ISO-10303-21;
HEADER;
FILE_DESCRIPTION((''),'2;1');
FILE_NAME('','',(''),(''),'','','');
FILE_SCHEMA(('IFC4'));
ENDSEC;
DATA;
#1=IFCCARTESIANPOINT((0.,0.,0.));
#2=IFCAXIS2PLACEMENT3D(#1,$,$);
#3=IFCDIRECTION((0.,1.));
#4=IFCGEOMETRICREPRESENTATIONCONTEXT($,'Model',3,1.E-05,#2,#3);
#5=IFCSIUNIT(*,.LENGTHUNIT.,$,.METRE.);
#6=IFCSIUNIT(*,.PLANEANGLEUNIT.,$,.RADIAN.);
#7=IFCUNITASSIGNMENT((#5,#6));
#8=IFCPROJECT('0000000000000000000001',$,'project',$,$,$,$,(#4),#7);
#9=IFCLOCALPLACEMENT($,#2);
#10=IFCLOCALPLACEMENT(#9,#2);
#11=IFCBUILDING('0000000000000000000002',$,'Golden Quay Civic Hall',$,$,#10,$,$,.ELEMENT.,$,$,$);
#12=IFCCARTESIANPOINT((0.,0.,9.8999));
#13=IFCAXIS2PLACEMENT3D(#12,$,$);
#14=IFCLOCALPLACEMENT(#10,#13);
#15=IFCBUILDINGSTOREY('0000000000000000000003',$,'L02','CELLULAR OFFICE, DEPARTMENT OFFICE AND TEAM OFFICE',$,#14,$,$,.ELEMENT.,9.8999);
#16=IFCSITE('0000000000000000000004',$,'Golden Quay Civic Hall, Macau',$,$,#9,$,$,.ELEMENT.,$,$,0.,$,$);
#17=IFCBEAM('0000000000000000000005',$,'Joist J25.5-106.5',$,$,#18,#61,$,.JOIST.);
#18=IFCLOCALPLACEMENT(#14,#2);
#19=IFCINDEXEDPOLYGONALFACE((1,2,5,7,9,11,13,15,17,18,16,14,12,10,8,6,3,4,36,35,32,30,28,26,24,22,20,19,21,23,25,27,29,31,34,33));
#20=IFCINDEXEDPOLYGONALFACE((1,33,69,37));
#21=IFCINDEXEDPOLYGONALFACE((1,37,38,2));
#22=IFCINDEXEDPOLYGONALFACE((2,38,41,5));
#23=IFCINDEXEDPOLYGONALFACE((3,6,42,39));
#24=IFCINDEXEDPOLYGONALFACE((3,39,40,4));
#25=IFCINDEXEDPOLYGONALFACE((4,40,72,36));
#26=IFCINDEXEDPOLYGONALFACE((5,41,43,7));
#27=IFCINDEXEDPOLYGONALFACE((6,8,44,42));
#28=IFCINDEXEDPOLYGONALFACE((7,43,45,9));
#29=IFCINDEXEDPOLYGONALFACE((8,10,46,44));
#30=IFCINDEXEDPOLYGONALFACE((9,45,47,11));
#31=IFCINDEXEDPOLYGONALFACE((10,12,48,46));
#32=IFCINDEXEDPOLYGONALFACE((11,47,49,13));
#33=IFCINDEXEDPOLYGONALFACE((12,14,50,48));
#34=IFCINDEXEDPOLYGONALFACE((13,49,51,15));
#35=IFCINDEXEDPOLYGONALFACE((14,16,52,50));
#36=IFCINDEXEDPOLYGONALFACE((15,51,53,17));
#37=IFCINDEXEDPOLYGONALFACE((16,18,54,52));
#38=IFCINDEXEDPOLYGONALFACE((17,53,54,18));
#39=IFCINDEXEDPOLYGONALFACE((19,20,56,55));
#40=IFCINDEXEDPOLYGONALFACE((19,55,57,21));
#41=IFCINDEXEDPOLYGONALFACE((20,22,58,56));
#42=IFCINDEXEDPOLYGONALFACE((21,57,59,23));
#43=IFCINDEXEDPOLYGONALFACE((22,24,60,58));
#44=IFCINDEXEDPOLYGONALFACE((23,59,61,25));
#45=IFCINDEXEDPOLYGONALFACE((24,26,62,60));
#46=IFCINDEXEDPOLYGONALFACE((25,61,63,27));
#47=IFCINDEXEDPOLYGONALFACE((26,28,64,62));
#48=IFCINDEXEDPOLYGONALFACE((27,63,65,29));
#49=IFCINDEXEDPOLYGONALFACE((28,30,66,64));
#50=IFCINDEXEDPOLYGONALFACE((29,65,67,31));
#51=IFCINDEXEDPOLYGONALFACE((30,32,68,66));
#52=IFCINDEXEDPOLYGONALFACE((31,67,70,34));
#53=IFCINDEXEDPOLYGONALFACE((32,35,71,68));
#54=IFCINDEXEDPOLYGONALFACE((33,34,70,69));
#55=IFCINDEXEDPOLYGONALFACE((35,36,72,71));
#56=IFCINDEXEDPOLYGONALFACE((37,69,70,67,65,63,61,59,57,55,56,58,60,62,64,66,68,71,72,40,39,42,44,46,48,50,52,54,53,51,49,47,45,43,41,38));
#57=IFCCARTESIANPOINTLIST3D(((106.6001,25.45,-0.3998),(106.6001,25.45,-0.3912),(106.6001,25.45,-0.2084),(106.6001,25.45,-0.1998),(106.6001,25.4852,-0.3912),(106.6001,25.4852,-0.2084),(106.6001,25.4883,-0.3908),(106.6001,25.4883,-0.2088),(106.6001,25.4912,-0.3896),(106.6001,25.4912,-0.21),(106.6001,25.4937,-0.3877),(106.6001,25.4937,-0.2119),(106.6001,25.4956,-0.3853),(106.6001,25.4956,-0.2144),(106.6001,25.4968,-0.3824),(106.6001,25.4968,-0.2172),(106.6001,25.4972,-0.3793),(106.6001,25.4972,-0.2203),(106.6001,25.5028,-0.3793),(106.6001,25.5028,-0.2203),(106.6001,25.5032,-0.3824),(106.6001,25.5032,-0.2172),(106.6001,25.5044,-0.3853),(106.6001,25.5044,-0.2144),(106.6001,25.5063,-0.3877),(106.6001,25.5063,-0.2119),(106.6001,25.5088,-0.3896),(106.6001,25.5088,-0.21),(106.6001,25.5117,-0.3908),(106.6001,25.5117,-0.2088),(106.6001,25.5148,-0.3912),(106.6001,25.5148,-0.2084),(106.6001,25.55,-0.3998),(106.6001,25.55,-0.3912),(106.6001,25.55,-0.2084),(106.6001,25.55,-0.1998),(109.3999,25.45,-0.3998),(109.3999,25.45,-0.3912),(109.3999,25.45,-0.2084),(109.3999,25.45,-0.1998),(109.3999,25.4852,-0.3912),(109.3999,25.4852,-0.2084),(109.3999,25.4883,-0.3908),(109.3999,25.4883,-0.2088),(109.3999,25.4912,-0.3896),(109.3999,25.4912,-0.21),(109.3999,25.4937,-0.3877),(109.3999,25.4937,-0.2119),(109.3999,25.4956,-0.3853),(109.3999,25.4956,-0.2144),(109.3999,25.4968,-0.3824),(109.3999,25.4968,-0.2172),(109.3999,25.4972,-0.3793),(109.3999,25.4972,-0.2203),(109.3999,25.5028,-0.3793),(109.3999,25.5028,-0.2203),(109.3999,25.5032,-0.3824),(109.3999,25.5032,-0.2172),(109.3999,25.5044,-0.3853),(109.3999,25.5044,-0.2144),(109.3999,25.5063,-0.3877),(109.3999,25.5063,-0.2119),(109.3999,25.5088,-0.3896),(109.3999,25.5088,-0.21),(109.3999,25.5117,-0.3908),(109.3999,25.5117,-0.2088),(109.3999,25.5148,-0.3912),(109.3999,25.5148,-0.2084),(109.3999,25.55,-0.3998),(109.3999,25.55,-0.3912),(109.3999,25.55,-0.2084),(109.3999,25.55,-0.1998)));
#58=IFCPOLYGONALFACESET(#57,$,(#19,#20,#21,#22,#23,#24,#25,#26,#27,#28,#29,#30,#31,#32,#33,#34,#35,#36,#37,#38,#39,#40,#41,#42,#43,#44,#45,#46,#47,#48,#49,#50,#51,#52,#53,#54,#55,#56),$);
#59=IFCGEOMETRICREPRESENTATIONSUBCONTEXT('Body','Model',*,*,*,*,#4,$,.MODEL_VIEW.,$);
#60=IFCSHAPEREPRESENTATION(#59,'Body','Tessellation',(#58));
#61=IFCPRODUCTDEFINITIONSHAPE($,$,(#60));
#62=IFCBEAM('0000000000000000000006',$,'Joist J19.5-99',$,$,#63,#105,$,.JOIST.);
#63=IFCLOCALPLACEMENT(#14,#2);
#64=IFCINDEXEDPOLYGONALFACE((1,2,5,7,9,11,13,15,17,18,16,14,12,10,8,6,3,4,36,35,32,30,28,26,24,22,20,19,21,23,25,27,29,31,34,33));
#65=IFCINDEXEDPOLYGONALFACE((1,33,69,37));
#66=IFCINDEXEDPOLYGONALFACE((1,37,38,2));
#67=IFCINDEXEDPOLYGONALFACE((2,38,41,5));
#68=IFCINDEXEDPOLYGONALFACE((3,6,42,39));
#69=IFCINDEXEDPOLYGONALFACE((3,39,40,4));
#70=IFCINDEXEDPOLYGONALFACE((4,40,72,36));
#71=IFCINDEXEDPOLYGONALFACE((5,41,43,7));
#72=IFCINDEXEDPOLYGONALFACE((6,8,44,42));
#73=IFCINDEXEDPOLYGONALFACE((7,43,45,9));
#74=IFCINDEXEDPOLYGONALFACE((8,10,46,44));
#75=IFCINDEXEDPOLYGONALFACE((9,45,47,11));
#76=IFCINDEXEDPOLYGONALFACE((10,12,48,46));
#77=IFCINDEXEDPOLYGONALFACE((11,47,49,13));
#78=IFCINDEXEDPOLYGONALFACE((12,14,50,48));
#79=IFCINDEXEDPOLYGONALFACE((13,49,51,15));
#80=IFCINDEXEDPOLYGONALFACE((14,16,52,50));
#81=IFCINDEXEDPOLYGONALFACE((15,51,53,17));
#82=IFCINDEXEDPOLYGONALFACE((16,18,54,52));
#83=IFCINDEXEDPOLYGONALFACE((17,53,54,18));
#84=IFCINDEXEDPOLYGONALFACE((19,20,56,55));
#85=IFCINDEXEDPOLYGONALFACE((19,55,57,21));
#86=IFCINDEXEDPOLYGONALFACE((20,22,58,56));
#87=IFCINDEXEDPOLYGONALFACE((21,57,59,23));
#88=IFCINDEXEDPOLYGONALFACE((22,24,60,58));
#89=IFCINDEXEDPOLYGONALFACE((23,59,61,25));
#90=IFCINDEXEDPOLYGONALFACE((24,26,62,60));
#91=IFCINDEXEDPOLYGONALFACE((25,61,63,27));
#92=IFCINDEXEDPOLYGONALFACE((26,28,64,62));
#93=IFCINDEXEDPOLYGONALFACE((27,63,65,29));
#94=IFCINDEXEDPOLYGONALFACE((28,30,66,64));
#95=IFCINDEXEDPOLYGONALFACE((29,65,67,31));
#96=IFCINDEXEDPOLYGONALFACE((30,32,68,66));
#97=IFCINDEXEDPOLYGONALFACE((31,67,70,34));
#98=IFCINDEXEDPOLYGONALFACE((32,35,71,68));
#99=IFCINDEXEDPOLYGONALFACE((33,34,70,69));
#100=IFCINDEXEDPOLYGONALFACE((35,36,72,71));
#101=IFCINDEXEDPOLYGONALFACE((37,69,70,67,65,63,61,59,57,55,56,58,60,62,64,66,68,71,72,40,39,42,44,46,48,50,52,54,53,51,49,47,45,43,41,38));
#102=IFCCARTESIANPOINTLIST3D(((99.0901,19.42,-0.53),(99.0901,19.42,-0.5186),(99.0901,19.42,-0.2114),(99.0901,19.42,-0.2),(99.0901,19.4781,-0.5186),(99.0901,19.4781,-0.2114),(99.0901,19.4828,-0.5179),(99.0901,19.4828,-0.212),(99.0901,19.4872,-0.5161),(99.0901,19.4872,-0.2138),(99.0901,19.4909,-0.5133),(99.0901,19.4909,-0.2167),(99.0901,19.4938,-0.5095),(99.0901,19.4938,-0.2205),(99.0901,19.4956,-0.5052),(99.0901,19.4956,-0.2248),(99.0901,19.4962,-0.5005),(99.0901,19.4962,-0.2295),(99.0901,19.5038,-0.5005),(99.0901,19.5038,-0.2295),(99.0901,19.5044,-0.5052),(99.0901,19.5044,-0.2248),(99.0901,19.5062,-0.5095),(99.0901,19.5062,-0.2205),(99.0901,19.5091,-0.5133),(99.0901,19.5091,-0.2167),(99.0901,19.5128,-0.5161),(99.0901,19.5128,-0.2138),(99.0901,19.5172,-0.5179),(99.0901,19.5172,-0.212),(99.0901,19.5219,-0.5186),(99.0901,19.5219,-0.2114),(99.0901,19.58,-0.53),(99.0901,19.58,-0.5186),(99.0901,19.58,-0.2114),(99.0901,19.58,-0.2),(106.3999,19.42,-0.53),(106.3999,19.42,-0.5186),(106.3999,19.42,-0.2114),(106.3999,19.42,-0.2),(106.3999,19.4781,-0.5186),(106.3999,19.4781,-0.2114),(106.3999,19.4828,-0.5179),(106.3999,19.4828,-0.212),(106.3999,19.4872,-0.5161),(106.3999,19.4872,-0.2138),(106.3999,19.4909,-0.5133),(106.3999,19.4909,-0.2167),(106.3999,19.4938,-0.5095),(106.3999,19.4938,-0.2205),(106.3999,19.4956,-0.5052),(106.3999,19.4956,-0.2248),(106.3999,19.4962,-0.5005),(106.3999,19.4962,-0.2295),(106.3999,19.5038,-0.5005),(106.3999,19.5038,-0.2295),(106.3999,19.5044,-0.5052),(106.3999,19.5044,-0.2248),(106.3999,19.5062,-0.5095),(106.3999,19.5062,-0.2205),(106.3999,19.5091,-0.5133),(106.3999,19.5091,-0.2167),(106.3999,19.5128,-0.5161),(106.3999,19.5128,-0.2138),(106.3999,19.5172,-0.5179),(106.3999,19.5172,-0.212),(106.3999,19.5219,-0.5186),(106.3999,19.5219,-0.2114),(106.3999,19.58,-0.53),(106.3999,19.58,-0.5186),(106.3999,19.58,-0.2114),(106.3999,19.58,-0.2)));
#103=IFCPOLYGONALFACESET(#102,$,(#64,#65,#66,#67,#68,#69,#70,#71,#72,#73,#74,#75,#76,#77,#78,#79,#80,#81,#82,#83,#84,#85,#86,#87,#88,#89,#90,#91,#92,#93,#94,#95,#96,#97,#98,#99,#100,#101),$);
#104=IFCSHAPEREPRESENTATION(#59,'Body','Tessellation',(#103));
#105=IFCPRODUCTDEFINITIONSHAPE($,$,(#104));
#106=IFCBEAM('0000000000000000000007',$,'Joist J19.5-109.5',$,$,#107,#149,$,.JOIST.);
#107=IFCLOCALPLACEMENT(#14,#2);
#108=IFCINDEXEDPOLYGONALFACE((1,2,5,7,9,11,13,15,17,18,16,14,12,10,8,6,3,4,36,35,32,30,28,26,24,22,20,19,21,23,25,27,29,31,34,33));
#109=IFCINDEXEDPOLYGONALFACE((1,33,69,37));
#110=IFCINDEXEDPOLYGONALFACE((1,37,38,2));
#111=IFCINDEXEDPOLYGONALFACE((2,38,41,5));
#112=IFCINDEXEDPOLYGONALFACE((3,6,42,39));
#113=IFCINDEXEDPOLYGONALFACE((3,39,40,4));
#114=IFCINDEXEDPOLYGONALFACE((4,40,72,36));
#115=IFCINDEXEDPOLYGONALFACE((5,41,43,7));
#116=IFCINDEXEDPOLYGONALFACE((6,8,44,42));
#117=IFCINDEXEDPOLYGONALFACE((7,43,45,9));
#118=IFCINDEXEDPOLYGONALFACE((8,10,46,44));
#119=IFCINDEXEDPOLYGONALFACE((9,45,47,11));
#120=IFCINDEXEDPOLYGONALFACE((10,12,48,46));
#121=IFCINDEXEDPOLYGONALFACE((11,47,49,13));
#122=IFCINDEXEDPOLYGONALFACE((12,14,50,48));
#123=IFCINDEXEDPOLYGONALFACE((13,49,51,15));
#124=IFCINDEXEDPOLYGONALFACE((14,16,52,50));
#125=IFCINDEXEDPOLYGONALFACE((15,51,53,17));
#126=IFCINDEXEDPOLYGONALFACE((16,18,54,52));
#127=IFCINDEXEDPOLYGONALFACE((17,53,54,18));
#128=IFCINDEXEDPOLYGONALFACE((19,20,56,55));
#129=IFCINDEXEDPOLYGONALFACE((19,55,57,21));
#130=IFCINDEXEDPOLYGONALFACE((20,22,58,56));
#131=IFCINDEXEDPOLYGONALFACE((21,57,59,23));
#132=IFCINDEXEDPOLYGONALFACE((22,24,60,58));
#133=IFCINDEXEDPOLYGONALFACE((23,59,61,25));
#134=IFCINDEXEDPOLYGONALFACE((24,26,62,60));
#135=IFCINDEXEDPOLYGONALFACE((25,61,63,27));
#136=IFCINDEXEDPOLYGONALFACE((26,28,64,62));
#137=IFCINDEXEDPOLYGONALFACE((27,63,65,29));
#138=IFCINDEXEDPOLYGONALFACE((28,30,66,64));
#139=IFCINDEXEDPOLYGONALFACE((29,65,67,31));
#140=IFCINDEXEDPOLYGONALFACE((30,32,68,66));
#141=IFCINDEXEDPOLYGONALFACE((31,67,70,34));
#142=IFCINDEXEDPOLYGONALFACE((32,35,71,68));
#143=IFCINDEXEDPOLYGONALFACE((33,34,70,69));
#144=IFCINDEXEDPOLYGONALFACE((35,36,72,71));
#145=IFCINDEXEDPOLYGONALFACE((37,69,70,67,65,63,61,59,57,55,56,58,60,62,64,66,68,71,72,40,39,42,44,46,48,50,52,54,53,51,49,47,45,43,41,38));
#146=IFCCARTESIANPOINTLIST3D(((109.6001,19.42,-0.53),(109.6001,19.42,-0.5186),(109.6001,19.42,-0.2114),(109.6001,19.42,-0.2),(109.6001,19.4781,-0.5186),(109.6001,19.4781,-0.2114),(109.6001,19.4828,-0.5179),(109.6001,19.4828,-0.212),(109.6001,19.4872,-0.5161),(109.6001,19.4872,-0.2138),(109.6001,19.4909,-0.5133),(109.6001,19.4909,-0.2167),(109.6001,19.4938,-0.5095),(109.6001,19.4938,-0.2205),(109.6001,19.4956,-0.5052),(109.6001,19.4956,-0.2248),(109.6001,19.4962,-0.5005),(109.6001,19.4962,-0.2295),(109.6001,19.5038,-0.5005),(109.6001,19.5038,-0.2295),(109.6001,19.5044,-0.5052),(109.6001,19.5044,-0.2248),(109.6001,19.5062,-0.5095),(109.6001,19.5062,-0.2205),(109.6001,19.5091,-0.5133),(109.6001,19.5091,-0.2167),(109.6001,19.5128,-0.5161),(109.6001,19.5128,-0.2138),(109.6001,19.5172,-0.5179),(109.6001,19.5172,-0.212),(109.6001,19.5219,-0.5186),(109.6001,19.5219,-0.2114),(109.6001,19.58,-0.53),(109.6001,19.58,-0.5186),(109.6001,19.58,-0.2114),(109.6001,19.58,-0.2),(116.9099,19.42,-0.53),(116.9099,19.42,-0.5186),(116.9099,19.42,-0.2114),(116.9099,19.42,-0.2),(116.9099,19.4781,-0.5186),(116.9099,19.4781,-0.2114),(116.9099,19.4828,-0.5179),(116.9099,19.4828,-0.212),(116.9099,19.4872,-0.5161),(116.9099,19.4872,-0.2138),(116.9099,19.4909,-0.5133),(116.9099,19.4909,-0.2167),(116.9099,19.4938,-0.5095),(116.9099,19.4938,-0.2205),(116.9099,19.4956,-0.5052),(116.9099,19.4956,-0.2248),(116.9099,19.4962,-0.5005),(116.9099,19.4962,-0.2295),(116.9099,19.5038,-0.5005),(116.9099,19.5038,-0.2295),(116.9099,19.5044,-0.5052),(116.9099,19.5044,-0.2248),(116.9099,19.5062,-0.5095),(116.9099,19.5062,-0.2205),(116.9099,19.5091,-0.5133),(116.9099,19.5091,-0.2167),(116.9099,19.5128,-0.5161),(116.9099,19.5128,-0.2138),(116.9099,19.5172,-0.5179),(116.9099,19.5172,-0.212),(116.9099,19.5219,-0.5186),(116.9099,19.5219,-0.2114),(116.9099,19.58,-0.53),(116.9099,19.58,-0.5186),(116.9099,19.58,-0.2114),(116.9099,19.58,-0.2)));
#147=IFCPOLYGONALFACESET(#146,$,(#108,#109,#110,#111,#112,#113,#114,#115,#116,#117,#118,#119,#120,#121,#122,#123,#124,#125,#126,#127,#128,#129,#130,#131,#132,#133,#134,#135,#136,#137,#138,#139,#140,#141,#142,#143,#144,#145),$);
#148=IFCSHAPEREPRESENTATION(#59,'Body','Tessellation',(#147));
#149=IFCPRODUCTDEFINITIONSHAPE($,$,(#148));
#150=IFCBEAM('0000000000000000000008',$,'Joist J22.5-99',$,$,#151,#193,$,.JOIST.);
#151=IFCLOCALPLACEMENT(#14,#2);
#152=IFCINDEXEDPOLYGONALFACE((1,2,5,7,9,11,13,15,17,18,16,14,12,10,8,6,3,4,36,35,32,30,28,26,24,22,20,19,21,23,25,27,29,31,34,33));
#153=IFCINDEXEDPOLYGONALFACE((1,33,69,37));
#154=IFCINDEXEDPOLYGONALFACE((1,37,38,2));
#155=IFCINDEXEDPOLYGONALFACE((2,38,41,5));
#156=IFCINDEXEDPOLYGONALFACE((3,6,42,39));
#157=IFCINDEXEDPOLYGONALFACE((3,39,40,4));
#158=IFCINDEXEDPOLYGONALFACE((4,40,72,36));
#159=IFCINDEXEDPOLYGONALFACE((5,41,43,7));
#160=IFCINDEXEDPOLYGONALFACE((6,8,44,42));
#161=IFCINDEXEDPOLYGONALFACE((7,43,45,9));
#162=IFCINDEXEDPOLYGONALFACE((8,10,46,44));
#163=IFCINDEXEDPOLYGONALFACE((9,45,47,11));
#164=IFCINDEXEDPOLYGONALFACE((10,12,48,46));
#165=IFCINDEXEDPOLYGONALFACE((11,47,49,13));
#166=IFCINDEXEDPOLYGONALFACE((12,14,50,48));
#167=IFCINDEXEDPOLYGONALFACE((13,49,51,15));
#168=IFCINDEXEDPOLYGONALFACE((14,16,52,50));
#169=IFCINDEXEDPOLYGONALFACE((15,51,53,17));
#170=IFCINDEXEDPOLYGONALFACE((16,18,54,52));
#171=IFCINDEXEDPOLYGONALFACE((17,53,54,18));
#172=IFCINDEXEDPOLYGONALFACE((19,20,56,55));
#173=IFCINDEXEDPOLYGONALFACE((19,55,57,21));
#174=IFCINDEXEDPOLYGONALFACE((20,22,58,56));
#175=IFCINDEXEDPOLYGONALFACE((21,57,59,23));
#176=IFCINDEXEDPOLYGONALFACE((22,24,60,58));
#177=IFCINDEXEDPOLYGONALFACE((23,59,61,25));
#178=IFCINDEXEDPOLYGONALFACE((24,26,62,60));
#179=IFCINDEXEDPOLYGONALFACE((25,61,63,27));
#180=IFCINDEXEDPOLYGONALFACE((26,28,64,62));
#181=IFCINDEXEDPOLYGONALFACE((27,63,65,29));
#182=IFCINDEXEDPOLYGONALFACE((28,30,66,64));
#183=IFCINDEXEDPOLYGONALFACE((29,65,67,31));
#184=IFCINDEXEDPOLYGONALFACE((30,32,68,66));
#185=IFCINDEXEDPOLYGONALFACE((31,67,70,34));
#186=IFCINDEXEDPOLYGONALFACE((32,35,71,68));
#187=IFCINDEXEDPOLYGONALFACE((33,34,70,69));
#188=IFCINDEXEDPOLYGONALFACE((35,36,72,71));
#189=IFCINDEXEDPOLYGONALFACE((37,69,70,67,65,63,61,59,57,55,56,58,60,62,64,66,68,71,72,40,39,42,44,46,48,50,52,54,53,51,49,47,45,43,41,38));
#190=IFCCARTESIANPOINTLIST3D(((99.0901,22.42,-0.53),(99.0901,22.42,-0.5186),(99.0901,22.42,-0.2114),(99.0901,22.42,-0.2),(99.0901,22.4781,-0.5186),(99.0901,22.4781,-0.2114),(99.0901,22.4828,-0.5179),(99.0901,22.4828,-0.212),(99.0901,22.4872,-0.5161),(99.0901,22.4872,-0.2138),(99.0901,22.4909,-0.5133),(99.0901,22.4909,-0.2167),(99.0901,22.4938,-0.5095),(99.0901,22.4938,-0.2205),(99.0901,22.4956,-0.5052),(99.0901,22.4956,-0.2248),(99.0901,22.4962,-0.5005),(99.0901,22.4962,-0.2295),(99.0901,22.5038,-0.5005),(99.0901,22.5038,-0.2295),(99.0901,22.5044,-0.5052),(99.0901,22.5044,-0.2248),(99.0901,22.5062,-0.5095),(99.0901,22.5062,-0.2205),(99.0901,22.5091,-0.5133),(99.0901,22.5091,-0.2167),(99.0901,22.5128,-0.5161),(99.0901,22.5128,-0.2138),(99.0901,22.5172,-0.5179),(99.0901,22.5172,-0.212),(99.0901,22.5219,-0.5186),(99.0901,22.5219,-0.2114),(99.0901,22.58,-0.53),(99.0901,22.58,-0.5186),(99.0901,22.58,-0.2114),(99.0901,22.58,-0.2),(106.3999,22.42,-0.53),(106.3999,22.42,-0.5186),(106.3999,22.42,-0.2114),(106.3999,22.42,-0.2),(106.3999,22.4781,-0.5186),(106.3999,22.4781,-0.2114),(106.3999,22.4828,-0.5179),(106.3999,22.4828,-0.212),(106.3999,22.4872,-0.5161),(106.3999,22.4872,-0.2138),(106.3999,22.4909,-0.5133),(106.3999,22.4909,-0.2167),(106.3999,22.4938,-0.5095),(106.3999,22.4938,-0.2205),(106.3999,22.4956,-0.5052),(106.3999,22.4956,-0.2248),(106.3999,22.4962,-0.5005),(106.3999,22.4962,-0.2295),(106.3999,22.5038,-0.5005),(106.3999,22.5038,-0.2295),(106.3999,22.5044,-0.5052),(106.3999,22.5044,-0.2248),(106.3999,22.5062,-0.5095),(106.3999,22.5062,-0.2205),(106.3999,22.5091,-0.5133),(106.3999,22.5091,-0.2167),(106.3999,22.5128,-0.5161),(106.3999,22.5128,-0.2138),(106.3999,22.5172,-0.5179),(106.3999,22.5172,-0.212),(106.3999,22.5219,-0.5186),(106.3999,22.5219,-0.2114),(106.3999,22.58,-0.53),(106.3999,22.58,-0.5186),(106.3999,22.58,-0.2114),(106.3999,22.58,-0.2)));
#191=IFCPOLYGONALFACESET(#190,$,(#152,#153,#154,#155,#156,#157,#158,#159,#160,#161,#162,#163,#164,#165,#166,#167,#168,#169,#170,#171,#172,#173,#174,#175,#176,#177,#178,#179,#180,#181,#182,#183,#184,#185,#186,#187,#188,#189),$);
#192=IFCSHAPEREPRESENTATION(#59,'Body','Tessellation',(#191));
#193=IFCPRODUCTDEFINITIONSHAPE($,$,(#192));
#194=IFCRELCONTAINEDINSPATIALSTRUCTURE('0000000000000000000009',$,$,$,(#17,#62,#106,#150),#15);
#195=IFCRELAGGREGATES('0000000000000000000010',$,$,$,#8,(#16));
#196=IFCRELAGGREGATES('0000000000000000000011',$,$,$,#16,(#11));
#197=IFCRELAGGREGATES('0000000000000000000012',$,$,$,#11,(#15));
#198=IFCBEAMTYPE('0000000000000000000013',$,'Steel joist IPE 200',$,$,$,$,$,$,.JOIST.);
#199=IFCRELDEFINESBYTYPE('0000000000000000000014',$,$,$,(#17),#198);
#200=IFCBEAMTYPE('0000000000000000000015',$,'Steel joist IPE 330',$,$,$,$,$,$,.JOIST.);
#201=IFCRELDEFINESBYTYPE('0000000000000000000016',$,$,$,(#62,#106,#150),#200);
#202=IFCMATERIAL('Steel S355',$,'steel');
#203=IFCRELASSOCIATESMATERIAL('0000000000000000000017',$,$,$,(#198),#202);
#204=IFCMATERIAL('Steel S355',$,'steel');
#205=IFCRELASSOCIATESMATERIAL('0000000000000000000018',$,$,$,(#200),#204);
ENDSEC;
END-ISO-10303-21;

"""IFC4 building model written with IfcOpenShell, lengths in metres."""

from ifc_helpers import new_model, si_unit, direction, frame, origin, origin_2d, place, context, subcontext, project, spatial, i_section, extrude, material, material_profile, profile_set, type_object, element, save


model = new_model("IFC4")

# Units and contexts
model_context = context("Model", 3, precision=1e-05, world=origin(), true_north=direction((0.0, 1.0)))
body_context = subcontext(model_context, "Body", "Model", "MODEL_VIEW")
ifc_project = project(units=[si_unit("LENGTHUNIT", "METRE"), si_unit("PLANEANGLEUNIT", "RADIAN")], contexts=[model_context])

# Site, building, storey
site_placement = place(None, origin())
site = spatial("IfcSite", under=ifc_project, at=site_placement, Name="Golden Quay Civic Hall, Macau", CompositionType="ELEMENT", RefElevation=0.0)
building_placement = place(site_placement, origin())
building = spatial("IfcBuilding", under=site, at=building_placement, Name="Golden Quay Civic Hall", CompositionType="ELEMENT")
storey_placement = place(building_placement, frame((0.0, 0.0, 9.8999)))
storey = spatial("IfcBuildingStorey", under=building, at=storey_placement, Name="L02", Description="CELLULAR OFFICE, DEPARTMENT OFFICE AND TEAM OFFICE", CompositionType="ELEMENT", Elevation=9.8999)

# Beams
ifc_material_1 = material(Name="Steel S355", Category="steel")
ifc_material_profile_1 = material_profile(ifc_material_1, i_section(OverallWidth=0.1001, OverallDepth=0.2, WebThickness=0.0056, FlangeThickness=0.0085, FilletRadius=0.012, at=origin_2d()), Name="IPE 200")
ifc_profile_set_1 = profile_set([ifc_material_profile_1], Name="Steel S355")
beam_type_1 = type_object("IfcBeamType", Name="Steel joist IPE 200", PredefinedType="JOIST", material=ifc_profile_set_1)
for number, where, z_axis, x_axis, name in (
    (1, (106.6001, 25.5, -0.2998), (1.0, 0.0, 0.0), (0.0, 1.0, 0.0), "Joist J25.5-106.5"),
):
    element("IfcBeam", number, at=place(storey_placement, frame(where, z_axis=z_axis, x_axis=x_axis)), inside=storey, type_object=beam_type_1, Name=name, PredefinedType="JOIST", context=body_context, shape_type="SweptSolid", body=[
        extrude(i_section(OverallWidth=0.1001, OverallDepth=0.2, WebThickness=0.0056, FlangeThickness=0.0085, FilletRadius=0.012, at=origin_2d()), origin(), (0.0, 0.0, 1.0), 2.7998),
    ])
ifc_material_2 = material(Name="Steel S355", Category="steel")
ifc_material_profile_2 = material_profile(ifc_material_2, i_section(OverallWidth=0.1599, OverallDepth=0.3301, WebThickness=0.0076, FlangeThickness=0.0115, FilletRadius=0.0181, at=origin_2d()), Name="IPE 330")
ifc_profile_set_2 = profile_set([ifc_material_profile_2], Name="Steel S355")
beam_type_2 = type_object("IfcBeamType", Name="Steel joist IPE 330", PredefinedType="JOIST", material=ifc_profile_set_2)
for number, where, z_axis, x_axis, name in (
    (2, (99.0901, 19.5, -0.365), (1.0, 0.0, 0.0), (0.0, 1.0, 0.0), "Joist J19.5-99"),
    (3, (109.6001, 19.5, -0.365), (1.0, 0.0, 0.0), (0.0, 1.0, 0.0), "Joist J19.5-109.5"),
    (4, (99.0901, 22.5, -0.365), (1.0, 0.0, 0.0), (0.0, 1.0, 0.0), "Joist J22.5-99"),
):
    element("IfcBeam", number, at=place(storey_placement, frame(where, z_axis=z_axis, x_axis=x_axis)), inside=storey, type_object=beam_type_2, Name=name, PredefinedType="JOIST", context=body_context, shape_type="SweptSolid", body=[
        extrude(i_section(OverallWidth=0.1599, OverallDepth=0.3301, WebThickness=0.0076, FlangeThickness=0.0115, FilletRadius=0.0181, at=origin_2d()), origin(), (0.0, 0.0, 1.0), 7.3098),
    ])

save(model, "model.ifc")
